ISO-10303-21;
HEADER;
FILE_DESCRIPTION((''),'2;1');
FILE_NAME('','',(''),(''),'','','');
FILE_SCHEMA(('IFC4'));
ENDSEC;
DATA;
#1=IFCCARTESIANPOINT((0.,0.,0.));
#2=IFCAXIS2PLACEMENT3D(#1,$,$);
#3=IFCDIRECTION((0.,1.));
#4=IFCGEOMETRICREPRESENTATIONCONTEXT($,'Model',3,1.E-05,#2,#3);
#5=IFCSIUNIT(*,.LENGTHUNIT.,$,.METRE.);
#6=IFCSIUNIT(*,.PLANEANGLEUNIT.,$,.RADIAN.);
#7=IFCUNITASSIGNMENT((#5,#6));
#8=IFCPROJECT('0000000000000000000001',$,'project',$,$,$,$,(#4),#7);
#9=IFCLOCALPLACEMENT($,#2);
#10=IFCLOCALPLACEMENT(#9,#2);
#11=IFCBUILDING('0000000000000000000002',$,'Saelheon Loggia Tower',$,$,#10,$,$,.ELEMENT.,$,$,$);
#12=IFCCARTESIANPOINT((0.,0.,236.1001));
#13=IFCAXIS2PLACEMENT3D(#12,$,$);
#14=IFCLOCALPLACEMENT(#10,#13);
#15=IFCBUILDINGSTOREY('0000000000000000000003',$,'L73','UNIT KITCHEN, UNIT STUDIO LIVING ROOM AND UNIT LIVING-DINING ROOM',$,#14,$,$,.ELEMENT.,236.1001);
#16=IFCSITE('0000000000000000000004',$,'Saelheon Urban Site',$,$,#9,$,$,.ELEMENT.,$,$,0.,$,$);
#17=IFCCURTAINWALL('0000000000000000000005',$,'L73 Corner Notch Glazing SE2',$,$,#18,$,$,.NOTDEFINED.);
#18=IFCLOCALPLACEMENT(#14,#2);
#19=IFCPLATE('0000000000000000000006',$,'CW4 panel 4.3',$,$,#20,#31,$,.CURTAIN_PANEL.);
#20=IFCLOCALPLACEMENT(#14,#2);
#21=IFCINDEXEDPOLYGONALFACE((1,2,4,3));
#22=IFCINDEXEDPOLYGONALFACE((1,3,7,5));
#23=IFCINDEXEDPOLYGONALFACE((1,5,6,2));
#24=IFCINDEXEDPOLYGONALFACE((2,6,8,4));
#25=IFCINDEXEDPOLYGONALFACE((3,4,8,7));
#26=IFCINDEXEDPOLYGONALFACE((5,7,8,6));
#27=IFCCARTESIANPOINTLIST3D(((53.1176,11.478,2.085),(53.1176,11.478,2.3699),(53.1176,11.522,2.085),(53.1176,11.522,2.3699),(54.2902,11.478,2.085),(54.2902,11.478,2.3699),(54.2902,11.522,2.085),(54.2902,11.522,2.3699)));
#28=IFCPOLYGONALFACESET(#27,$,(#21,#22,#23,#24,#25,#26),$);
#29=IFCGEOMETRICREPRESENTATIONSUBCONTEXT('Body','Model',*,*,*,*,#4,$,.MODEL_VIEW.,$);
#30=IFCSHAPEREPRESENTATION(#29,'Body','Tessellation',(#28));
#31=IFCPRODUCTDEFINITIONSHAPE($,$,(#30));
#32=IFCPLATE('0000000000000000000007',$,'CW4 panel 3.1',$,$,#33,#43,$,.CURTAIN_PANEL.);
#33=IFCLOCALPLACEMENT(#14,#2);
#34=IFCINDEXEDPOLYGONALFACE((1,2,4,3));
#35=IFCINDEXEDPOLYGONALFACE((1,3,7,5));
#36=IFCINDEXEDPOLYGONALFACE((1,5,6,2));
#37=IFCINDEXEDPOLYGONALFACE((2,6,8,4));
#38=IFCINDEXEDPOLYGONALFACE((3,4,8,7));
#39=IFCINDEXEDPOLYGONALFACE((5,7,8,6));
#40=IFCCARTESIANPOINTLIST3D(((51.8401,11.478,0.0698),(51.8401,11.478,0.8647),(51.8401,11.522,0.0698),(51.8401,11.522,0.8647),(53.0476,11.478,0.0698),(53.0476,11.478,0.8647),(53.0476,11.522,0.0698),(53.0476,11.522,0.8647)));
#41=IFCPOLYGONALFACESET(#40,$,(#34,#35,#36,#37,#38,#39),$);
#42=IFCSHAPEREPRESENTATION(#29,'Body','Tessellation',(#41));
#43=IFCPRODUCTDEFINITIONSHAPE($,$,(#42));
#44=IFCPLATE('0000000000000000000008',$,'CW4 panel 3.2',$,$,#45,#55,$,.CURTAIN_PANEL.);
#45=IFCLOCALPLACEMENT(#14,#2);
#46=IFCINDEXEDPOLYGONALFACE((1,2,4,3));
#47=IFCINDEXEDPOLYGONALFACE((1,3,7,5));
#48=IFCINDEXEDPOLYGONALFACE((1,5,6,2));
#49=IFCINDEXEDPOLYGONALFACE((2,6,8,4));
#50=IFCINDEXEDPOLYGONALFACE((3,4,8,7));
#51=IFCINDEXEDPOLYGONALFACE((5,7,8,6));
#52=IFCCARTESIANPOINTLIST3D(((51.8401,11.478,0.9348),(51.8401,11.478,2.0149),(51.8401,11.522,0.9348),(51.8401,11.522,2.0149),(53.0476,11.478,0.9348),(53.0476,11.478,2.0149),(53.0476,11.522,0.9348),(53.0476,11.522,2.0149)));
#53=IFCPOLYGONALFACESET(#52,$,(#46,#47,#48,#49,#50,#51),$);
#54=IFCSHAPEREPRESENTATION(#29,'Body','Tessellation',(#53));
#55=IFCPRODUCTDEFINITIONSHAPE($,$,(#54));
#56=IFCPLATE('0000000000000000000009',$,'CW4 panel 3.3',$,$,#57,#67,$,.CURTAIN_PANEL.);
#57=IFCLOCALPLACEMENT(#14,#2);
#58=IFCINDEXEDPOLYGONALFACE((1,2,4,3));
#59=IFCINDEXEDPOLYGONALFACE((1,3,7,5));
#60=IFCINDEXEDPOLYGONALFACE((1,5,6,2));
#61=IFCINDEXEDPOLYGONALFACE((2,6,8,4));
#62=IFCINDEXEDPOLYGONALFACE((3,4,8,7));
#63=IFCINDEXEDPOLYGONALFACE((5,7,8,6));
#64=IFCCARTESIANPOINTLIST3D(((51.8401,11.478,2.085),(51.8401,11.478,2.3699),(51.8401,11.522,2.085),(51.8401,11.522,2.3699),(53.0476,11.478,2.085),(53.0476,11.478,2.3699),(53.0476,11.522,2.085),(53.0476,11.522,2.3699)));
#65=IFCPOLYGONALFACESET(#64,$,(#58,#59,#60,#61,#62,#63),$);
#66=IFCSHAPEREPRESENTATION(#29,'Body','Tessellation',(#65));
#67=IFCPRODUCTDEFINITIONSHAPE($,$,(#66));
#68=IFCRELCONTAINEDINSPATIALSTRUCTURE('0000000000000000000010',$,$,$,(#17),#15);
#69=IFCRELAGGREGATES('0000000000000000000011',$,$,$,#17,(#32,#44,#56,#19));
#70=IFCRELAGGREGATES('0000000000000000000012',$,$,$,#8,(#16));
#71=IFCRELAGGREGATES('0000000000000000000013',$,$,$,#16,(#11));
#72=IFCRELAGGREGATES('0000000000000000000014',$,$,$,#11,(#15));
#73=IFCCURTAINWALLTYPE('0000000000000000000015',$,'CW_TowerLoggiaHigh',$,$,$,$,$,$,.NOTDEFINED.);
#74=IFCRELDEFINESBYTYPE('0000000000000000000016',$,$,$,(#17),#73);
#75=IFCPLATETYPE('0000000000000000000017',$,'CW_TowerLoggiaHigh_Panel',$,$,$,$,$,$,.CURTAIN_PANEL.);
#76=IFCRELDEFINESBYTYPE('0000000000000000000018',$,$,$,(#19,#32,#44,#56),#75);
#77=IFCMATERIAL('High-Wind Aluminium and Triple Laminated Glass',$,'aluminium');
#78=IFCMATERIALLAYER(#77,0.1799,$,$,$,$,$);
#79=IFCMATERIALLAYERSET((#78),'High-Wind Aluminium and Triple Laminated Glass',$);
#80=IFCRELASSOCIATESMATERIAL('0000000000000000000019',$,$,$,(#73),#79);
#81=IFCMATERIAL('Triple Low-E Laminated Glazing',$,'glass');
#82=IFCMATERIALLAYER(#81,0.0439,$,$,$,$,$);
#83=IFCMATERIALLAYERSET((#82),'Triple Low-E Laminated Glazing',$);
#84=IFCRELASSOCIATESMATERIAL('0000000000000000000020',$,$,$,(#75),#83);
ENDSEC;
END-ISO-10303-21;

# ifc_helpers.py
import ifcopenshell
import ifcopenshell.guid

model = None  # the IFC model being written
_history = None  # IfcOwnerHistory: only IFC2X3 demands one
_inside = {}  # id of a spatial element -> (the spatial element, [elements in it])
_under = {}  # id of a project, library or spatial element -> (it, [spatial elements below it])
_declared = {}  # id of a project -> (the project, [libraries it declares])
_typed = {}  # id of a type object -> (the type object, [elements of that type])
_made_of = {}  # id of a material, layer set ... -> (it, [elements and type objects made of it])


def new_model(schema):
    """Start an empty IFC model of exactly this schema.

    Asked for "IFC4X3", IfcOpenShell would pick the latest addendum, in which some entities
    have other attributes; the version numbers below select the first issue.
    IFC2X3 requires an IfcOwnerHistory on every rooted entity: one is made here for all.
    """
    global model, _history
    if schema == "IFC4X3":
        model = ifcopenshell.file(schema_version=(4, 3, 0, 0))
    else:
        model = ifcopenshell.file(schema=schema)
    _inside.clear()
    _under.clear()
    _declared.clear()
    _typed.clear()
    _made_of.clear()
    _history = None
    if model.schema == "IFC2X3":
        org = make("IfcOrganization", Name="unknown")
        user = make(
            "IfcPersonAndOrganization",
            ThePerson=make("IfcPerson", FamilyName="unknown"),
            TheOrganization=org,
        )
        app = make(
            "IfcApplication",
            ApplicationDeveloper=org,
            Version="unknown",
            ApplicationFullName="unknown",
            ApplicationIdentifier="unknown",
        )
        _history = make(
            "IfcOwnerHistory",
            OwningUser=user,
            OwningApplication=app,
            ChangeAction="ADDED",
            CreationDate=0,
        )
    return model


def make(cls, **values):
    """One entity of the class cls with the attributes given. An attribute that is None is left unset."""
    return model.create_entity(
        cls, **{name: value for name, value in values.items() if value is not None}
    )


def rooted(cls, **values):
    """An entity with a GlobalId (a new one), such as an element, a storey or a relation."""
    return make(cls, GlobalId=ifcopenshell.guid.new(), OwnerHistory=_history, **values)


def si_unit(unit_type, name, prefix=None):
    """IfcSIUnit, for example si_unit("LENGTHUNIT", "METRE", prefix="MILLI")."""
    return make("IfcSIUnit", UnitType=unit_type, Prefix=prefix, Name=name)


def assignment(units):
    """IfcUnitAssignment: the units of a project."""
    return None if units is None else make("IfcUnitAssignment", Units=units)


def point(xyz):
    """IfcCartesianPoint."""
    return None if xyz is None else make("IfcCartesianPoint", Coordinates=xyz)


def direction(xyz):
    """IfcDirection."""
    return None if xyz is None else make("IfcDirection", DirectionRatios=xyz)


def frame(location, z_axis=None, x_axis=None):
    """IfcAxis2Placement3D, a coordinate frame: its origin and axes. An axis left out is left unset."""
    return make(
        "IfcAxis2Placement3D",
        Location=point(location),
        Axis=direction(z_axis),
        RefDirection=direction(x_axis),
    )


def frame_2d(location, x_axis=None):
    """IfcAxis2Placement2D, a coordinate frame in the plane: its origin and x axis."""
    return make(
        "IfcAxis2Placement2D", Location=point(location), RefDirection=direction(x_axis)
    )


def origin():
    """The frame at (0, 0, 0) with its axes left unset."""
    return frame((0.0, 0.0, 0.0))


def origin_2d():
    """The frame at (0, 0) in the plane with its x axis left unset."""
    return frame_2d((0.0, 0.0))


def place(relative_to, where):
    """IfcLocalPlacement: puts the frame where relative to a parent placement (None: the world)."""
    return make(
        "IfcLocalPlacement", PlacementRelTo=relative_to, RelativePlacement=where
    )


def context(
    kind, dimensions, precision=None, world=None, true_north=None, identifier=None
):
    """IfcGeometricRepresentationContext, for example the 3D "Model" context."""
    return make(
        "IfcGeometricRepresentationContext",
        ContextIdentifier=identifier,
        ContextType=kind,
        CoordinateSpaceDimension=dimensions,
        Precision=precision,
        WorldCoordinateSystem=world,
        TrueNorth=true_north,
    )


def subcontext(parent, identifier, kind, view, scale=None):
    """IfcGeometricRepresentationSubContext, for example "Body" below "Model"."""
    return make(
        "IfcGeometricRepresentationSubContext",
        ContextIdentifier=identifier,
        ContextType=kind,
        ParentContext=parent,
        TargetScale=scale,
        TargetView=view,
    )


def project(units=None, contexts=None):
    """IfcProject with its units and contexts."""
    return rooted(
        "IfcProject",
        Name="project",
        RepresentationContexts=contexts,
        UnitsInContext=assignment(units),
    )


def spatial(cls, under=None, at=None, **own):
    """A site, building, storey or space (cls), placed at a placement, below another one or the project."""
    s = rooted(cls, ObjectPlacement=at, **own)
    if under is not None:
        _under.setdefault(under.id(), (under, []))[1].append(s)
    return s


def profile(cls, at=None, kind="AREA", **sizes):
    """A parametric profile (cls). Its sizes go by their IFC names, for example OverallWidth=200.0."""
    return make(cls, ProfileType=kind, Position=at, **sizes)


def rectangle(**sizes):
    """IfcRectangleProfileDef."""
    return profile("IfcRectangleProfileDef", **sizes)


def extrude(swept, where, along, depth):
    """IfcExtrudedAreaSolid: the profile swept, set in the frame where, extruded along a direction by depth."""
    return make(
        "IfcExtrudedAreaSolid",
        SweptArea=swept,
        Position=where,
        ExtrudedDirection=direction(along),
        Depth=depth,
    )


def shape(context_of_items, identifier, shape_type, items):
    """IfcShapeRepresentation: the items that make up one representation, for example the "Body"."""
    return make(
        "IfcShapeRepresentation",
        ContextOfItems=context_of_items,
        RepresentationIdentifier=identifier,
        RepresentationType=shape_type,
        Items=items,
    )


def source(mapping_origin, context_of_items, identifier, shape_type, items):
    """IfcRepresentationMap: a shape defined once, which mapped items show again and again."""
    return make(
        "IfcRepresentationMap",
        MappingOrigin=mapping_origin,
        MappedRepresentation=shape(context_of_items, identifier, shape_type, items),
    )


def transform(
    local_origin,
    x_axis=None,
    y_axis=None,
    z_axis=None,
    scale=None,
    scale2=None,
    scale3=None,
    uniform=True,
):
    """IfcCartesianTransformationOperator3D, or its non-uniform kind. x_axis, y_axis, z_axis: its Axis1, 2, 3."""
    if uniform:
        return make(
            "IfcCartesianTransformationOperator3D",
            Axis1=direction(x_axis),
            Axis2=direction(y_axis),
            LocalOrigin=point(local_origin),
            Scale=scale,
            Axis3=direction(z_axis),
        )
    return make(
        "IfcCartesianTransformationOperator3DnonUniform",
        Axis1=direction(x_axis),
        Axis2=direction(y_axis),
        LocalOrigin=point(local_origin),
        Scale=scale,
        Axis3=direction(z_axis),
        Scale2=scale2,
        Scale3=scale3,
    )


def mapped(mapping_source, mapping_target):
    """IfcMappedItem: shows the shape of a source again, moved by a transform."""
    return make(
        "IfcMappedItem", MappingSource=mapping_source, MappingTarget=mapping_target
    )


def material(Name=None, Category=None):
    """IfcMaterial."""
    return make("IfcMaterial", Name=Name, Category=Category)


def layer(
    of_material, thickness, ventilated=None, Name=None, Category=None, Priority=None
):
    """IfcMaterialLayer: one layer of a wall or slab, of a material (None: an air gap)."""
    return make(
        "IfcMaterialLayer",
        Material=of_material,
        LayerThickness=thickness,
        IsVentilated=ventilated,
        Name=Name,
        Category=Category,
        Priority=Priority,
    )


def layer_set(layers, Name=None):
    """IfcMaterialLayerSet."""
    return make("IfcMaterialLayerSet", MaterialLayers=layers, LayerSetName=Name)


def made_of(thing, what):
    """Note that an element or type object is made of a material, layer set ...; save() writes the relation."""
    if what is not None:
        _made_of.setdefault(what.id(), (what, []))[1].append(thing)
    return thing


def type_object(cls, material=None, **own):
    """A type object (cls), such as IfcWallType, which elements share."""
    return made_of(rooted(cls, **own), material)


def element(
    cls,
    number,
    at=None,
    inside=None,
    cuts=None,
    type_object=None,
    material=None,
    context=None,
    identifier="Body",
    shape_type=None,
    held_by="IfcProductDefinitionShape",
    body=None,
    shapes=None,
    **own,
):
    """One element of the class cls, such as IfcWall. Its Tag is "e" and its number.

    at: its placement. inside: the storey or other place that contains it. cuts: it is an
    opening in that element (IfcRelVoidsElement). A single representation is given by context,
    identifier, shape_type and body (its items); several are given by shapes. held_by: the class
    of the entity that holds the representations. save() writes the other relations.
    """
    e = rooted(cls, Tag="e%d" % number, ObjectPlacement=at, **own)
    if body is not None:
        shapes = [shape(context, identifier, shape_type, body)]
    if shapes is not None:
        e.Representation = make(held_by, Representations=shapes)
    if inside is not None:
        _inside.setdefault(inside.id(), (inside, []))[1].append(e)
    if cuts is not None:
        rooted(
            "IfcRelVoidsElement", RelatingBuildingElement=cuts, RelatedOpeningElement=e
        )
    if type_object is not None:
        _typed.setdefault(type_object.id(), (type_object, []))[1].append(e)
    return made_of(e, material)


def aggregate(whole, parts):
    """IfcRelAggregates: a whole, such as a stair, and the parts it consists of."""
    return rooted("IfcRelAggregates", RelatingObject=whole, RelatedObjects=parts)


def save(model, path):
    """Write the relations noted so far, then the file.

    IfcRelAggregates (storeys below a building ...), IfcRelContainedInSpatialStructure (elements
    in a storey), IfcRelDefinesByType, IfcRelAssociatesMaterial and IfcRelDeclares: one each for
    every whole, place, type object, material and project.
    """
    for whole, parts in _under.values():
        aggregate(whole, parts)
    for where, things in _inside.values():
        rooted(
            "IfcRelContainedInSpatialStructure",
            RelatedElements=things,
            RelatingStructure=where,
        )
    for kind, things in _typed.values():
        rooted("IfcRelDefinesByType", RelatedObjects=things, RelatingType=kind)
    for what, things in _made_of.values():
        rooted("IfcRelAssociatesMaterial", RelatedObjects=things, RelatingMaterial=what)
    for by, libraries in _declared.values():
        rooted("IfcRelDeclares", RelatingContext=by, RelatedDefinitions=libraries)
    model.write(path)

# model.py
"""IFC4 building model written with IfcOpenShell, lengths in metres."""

from ifc_helpers import new_model, si_unit, direction, frame, origin, origin_2d, place, context, subcontext, project, spatial, rectangle, extrude, source, transform, mapped, material, layer, layer_set, type_object, element, aggregate, save


model = new_model("IFC4")

# Units and contexts
model_context = context("Model", 3, precision=1e-05, world=origin(), true_north=direction((0.0, 1.0)))
body_context = subcontext(model_context, "Body", "Model", "MODEL_VIEW")
ifc_project = project(units=[si_unit("LENGTHUNIT", "METRE"), si_unit("PLANEANGLEUNIT", "RADIAN")], contexts=[model_context])

# Site, building, storey
site_placement = place(None, origin())
site = spatial("IfcSite", under=ifc_project, at=site_placement, Name="Saelheon Urban Site", CompositionType="ELEMENT", RefElevation=0.0)
building_placement = place(site_placement, origin())
building = spatial("IfcBuilding", under=site, at=building_placement, Name="Saelheon Loggia Tower", CompositionType="ELEMENT")
storey_placement = place(building_placement, frame((0.0, 0.0, 236.1001)))
storey = spatial("IfcBuildingStorey", under=building, at=storey_placement, Name="L73", Description="UNIT KITCHEN, UNIT STUDIO LIVING ROOM AND UNIT LIVING-DINING ROOM", CompositionType="ELEMENT", Elevation=236.1001)

# Curtain wall, plates
ifc_material_1 = material(Name="High-Wind Aluminium and Triple Laminated Glass", Category="aluminium")
ifc_layer_1 = layer(ifc_material_1, 0.1799)
ifc_layer_set_1 = layer_set([ifc_layer_1], Name="High-Wind Aluminium and Triple Laminated Glass")
curtain_wall_type = type_object("IfcCurtainWallType", Name="CW_TowerLoggiaHigh", PredefinedType="NOTDEFINED", material=ifc_layer_set_1)
curtain_wall_placement = place(storey_placement, origin())
curtain_wall = element("IfcCurtainWall", 1, at=curtain_wall_placement, inside=storey, type_object=curtain_wall_type, Name="L73 Corner Notch Glazing SE2", PredefinedType="NOTDEFINED")
ifc_material_2 = material(Name="Triple Low-E Laminated Glazing", Category="glass")
ifc_layer_2 = layer(ifc_material_2, 0.0439)
ifc_layer_set_2 = layer_set([ifc_layer_2], Name="Triple Low-E Laminated Glazing")
plate_type = type_object("IfcPlateType", Name="CW_TowerLoggiaHigh_Panel", PredefinedType="CURTAIN_PANEL", material=ifc_layer_set_2)
shared_shape_1 = source(origin(), body_context, "Body", "SweptSolid", [
    extrude(rectangle(XDim=1.1726, YDim=0.0439, at=origin_2d()), origin(), (0.0, 0.0, 1.0), 0.2849),
])
plate_1_placement = place(storey_placement, frame((53.7039, 11.5, 2.085), z_axis=(0.0, 0.0, 1.0), x_axis=(1.0, 0.0, 0.0)))
plate_1 = element("IfcPlate", 2, at=plate_1_placement, type_object=plate_type, Name="CW4 panel 4.3", PredefinedType="CURTAIN_PANEL", context=body_context, shape_type="MappedRepresentation", body=[
    mapped(shared_shape_1, transform((0.0, 0.0, 0.0), scale=1.0)),
])
shared_shape_2 = source(origin(), body_context, "Body", "SweptSolid", [
    extrude(rectangle(XDim=1.2075, YDim=0.0439, at=origin_2d()), origin(), (0.0, 0.0, 1.0), 0.7949),
])
plate_2_placement = place(storey_placement, frame((52.4438, 11.5, 0.0698), z_axis=(0.0, 0.0, 1.0), x_axis=(1.0, 0.0, 0.0)))
plate_2 = element("IfcPlate", 3, at=plate_2_placement, type_object=plate_type, Name="CW4 panel 3.1", PredefinedType="CURTAIN_PANEL", context=body_context, shape_type="MappedRepresentation", body=[
    mapped(shared_shape_2, transform((0.0, 0.0, 0.0), scale=1.0)),
])
shared_shape_3 = source(origin(), body_context, "Body", "SweptSolid", [
    extrude(rectangle(XDim=1.2075, YDim=0.0439, at=origin_2d()), origin(), (0.0, 0.0, 1.0), 1.0801),
])
plate_3_placement = place(storey_placement, frame((52.4438, 11.5, 0.9348), z_axis=(0.0, 0.0, 1.0), x_axis=(1.0, 0.0, 0.0)))
plate_3 = element("IfcPlate", 4, at=plate_3_placement, type_object=plate_type, Name="CW4 panel 3.2", PredefinedType="CURTAIN_PANEL", context=body_context, shape_type="MappedRepresentation", body=[
    mapped(shared_shape_3, transform((0.0, 0.0, 0.0), scale=1.0)),
])
shared_shape_4 = source(origin(), body_context, "Body", "SweptSolid", [
    extrude(rectangle(XDim=1.2075, YDim=0.0439, at=origin_2d()), origin(), (0.0, 0.0, 1.0), 0.2849),
])
plate_4_placement = place(storey_placement, frame((52.4438, 11.5, 2.085), z_axis=(0.0, 0.0, 1.0), x_axis=(1.0, 0.0, 0.0)))
plate_4 = element("IfcPlate", 5, at=plate_4_placement, type_object=plate_type, Name="CW4 panel 3.3", PredefinedType="CURTAIN_PANEL", context=body_context, shape_type="MappedRepresentation", body=[
    mapped(shared_shape_4, transform((0.0, 0.0, 0.0), scale=1.0)),
])
aggregate(curtain_wall, [plate_2, plate_3, plate_4, plate_1])

save(model, "model.ifc")
